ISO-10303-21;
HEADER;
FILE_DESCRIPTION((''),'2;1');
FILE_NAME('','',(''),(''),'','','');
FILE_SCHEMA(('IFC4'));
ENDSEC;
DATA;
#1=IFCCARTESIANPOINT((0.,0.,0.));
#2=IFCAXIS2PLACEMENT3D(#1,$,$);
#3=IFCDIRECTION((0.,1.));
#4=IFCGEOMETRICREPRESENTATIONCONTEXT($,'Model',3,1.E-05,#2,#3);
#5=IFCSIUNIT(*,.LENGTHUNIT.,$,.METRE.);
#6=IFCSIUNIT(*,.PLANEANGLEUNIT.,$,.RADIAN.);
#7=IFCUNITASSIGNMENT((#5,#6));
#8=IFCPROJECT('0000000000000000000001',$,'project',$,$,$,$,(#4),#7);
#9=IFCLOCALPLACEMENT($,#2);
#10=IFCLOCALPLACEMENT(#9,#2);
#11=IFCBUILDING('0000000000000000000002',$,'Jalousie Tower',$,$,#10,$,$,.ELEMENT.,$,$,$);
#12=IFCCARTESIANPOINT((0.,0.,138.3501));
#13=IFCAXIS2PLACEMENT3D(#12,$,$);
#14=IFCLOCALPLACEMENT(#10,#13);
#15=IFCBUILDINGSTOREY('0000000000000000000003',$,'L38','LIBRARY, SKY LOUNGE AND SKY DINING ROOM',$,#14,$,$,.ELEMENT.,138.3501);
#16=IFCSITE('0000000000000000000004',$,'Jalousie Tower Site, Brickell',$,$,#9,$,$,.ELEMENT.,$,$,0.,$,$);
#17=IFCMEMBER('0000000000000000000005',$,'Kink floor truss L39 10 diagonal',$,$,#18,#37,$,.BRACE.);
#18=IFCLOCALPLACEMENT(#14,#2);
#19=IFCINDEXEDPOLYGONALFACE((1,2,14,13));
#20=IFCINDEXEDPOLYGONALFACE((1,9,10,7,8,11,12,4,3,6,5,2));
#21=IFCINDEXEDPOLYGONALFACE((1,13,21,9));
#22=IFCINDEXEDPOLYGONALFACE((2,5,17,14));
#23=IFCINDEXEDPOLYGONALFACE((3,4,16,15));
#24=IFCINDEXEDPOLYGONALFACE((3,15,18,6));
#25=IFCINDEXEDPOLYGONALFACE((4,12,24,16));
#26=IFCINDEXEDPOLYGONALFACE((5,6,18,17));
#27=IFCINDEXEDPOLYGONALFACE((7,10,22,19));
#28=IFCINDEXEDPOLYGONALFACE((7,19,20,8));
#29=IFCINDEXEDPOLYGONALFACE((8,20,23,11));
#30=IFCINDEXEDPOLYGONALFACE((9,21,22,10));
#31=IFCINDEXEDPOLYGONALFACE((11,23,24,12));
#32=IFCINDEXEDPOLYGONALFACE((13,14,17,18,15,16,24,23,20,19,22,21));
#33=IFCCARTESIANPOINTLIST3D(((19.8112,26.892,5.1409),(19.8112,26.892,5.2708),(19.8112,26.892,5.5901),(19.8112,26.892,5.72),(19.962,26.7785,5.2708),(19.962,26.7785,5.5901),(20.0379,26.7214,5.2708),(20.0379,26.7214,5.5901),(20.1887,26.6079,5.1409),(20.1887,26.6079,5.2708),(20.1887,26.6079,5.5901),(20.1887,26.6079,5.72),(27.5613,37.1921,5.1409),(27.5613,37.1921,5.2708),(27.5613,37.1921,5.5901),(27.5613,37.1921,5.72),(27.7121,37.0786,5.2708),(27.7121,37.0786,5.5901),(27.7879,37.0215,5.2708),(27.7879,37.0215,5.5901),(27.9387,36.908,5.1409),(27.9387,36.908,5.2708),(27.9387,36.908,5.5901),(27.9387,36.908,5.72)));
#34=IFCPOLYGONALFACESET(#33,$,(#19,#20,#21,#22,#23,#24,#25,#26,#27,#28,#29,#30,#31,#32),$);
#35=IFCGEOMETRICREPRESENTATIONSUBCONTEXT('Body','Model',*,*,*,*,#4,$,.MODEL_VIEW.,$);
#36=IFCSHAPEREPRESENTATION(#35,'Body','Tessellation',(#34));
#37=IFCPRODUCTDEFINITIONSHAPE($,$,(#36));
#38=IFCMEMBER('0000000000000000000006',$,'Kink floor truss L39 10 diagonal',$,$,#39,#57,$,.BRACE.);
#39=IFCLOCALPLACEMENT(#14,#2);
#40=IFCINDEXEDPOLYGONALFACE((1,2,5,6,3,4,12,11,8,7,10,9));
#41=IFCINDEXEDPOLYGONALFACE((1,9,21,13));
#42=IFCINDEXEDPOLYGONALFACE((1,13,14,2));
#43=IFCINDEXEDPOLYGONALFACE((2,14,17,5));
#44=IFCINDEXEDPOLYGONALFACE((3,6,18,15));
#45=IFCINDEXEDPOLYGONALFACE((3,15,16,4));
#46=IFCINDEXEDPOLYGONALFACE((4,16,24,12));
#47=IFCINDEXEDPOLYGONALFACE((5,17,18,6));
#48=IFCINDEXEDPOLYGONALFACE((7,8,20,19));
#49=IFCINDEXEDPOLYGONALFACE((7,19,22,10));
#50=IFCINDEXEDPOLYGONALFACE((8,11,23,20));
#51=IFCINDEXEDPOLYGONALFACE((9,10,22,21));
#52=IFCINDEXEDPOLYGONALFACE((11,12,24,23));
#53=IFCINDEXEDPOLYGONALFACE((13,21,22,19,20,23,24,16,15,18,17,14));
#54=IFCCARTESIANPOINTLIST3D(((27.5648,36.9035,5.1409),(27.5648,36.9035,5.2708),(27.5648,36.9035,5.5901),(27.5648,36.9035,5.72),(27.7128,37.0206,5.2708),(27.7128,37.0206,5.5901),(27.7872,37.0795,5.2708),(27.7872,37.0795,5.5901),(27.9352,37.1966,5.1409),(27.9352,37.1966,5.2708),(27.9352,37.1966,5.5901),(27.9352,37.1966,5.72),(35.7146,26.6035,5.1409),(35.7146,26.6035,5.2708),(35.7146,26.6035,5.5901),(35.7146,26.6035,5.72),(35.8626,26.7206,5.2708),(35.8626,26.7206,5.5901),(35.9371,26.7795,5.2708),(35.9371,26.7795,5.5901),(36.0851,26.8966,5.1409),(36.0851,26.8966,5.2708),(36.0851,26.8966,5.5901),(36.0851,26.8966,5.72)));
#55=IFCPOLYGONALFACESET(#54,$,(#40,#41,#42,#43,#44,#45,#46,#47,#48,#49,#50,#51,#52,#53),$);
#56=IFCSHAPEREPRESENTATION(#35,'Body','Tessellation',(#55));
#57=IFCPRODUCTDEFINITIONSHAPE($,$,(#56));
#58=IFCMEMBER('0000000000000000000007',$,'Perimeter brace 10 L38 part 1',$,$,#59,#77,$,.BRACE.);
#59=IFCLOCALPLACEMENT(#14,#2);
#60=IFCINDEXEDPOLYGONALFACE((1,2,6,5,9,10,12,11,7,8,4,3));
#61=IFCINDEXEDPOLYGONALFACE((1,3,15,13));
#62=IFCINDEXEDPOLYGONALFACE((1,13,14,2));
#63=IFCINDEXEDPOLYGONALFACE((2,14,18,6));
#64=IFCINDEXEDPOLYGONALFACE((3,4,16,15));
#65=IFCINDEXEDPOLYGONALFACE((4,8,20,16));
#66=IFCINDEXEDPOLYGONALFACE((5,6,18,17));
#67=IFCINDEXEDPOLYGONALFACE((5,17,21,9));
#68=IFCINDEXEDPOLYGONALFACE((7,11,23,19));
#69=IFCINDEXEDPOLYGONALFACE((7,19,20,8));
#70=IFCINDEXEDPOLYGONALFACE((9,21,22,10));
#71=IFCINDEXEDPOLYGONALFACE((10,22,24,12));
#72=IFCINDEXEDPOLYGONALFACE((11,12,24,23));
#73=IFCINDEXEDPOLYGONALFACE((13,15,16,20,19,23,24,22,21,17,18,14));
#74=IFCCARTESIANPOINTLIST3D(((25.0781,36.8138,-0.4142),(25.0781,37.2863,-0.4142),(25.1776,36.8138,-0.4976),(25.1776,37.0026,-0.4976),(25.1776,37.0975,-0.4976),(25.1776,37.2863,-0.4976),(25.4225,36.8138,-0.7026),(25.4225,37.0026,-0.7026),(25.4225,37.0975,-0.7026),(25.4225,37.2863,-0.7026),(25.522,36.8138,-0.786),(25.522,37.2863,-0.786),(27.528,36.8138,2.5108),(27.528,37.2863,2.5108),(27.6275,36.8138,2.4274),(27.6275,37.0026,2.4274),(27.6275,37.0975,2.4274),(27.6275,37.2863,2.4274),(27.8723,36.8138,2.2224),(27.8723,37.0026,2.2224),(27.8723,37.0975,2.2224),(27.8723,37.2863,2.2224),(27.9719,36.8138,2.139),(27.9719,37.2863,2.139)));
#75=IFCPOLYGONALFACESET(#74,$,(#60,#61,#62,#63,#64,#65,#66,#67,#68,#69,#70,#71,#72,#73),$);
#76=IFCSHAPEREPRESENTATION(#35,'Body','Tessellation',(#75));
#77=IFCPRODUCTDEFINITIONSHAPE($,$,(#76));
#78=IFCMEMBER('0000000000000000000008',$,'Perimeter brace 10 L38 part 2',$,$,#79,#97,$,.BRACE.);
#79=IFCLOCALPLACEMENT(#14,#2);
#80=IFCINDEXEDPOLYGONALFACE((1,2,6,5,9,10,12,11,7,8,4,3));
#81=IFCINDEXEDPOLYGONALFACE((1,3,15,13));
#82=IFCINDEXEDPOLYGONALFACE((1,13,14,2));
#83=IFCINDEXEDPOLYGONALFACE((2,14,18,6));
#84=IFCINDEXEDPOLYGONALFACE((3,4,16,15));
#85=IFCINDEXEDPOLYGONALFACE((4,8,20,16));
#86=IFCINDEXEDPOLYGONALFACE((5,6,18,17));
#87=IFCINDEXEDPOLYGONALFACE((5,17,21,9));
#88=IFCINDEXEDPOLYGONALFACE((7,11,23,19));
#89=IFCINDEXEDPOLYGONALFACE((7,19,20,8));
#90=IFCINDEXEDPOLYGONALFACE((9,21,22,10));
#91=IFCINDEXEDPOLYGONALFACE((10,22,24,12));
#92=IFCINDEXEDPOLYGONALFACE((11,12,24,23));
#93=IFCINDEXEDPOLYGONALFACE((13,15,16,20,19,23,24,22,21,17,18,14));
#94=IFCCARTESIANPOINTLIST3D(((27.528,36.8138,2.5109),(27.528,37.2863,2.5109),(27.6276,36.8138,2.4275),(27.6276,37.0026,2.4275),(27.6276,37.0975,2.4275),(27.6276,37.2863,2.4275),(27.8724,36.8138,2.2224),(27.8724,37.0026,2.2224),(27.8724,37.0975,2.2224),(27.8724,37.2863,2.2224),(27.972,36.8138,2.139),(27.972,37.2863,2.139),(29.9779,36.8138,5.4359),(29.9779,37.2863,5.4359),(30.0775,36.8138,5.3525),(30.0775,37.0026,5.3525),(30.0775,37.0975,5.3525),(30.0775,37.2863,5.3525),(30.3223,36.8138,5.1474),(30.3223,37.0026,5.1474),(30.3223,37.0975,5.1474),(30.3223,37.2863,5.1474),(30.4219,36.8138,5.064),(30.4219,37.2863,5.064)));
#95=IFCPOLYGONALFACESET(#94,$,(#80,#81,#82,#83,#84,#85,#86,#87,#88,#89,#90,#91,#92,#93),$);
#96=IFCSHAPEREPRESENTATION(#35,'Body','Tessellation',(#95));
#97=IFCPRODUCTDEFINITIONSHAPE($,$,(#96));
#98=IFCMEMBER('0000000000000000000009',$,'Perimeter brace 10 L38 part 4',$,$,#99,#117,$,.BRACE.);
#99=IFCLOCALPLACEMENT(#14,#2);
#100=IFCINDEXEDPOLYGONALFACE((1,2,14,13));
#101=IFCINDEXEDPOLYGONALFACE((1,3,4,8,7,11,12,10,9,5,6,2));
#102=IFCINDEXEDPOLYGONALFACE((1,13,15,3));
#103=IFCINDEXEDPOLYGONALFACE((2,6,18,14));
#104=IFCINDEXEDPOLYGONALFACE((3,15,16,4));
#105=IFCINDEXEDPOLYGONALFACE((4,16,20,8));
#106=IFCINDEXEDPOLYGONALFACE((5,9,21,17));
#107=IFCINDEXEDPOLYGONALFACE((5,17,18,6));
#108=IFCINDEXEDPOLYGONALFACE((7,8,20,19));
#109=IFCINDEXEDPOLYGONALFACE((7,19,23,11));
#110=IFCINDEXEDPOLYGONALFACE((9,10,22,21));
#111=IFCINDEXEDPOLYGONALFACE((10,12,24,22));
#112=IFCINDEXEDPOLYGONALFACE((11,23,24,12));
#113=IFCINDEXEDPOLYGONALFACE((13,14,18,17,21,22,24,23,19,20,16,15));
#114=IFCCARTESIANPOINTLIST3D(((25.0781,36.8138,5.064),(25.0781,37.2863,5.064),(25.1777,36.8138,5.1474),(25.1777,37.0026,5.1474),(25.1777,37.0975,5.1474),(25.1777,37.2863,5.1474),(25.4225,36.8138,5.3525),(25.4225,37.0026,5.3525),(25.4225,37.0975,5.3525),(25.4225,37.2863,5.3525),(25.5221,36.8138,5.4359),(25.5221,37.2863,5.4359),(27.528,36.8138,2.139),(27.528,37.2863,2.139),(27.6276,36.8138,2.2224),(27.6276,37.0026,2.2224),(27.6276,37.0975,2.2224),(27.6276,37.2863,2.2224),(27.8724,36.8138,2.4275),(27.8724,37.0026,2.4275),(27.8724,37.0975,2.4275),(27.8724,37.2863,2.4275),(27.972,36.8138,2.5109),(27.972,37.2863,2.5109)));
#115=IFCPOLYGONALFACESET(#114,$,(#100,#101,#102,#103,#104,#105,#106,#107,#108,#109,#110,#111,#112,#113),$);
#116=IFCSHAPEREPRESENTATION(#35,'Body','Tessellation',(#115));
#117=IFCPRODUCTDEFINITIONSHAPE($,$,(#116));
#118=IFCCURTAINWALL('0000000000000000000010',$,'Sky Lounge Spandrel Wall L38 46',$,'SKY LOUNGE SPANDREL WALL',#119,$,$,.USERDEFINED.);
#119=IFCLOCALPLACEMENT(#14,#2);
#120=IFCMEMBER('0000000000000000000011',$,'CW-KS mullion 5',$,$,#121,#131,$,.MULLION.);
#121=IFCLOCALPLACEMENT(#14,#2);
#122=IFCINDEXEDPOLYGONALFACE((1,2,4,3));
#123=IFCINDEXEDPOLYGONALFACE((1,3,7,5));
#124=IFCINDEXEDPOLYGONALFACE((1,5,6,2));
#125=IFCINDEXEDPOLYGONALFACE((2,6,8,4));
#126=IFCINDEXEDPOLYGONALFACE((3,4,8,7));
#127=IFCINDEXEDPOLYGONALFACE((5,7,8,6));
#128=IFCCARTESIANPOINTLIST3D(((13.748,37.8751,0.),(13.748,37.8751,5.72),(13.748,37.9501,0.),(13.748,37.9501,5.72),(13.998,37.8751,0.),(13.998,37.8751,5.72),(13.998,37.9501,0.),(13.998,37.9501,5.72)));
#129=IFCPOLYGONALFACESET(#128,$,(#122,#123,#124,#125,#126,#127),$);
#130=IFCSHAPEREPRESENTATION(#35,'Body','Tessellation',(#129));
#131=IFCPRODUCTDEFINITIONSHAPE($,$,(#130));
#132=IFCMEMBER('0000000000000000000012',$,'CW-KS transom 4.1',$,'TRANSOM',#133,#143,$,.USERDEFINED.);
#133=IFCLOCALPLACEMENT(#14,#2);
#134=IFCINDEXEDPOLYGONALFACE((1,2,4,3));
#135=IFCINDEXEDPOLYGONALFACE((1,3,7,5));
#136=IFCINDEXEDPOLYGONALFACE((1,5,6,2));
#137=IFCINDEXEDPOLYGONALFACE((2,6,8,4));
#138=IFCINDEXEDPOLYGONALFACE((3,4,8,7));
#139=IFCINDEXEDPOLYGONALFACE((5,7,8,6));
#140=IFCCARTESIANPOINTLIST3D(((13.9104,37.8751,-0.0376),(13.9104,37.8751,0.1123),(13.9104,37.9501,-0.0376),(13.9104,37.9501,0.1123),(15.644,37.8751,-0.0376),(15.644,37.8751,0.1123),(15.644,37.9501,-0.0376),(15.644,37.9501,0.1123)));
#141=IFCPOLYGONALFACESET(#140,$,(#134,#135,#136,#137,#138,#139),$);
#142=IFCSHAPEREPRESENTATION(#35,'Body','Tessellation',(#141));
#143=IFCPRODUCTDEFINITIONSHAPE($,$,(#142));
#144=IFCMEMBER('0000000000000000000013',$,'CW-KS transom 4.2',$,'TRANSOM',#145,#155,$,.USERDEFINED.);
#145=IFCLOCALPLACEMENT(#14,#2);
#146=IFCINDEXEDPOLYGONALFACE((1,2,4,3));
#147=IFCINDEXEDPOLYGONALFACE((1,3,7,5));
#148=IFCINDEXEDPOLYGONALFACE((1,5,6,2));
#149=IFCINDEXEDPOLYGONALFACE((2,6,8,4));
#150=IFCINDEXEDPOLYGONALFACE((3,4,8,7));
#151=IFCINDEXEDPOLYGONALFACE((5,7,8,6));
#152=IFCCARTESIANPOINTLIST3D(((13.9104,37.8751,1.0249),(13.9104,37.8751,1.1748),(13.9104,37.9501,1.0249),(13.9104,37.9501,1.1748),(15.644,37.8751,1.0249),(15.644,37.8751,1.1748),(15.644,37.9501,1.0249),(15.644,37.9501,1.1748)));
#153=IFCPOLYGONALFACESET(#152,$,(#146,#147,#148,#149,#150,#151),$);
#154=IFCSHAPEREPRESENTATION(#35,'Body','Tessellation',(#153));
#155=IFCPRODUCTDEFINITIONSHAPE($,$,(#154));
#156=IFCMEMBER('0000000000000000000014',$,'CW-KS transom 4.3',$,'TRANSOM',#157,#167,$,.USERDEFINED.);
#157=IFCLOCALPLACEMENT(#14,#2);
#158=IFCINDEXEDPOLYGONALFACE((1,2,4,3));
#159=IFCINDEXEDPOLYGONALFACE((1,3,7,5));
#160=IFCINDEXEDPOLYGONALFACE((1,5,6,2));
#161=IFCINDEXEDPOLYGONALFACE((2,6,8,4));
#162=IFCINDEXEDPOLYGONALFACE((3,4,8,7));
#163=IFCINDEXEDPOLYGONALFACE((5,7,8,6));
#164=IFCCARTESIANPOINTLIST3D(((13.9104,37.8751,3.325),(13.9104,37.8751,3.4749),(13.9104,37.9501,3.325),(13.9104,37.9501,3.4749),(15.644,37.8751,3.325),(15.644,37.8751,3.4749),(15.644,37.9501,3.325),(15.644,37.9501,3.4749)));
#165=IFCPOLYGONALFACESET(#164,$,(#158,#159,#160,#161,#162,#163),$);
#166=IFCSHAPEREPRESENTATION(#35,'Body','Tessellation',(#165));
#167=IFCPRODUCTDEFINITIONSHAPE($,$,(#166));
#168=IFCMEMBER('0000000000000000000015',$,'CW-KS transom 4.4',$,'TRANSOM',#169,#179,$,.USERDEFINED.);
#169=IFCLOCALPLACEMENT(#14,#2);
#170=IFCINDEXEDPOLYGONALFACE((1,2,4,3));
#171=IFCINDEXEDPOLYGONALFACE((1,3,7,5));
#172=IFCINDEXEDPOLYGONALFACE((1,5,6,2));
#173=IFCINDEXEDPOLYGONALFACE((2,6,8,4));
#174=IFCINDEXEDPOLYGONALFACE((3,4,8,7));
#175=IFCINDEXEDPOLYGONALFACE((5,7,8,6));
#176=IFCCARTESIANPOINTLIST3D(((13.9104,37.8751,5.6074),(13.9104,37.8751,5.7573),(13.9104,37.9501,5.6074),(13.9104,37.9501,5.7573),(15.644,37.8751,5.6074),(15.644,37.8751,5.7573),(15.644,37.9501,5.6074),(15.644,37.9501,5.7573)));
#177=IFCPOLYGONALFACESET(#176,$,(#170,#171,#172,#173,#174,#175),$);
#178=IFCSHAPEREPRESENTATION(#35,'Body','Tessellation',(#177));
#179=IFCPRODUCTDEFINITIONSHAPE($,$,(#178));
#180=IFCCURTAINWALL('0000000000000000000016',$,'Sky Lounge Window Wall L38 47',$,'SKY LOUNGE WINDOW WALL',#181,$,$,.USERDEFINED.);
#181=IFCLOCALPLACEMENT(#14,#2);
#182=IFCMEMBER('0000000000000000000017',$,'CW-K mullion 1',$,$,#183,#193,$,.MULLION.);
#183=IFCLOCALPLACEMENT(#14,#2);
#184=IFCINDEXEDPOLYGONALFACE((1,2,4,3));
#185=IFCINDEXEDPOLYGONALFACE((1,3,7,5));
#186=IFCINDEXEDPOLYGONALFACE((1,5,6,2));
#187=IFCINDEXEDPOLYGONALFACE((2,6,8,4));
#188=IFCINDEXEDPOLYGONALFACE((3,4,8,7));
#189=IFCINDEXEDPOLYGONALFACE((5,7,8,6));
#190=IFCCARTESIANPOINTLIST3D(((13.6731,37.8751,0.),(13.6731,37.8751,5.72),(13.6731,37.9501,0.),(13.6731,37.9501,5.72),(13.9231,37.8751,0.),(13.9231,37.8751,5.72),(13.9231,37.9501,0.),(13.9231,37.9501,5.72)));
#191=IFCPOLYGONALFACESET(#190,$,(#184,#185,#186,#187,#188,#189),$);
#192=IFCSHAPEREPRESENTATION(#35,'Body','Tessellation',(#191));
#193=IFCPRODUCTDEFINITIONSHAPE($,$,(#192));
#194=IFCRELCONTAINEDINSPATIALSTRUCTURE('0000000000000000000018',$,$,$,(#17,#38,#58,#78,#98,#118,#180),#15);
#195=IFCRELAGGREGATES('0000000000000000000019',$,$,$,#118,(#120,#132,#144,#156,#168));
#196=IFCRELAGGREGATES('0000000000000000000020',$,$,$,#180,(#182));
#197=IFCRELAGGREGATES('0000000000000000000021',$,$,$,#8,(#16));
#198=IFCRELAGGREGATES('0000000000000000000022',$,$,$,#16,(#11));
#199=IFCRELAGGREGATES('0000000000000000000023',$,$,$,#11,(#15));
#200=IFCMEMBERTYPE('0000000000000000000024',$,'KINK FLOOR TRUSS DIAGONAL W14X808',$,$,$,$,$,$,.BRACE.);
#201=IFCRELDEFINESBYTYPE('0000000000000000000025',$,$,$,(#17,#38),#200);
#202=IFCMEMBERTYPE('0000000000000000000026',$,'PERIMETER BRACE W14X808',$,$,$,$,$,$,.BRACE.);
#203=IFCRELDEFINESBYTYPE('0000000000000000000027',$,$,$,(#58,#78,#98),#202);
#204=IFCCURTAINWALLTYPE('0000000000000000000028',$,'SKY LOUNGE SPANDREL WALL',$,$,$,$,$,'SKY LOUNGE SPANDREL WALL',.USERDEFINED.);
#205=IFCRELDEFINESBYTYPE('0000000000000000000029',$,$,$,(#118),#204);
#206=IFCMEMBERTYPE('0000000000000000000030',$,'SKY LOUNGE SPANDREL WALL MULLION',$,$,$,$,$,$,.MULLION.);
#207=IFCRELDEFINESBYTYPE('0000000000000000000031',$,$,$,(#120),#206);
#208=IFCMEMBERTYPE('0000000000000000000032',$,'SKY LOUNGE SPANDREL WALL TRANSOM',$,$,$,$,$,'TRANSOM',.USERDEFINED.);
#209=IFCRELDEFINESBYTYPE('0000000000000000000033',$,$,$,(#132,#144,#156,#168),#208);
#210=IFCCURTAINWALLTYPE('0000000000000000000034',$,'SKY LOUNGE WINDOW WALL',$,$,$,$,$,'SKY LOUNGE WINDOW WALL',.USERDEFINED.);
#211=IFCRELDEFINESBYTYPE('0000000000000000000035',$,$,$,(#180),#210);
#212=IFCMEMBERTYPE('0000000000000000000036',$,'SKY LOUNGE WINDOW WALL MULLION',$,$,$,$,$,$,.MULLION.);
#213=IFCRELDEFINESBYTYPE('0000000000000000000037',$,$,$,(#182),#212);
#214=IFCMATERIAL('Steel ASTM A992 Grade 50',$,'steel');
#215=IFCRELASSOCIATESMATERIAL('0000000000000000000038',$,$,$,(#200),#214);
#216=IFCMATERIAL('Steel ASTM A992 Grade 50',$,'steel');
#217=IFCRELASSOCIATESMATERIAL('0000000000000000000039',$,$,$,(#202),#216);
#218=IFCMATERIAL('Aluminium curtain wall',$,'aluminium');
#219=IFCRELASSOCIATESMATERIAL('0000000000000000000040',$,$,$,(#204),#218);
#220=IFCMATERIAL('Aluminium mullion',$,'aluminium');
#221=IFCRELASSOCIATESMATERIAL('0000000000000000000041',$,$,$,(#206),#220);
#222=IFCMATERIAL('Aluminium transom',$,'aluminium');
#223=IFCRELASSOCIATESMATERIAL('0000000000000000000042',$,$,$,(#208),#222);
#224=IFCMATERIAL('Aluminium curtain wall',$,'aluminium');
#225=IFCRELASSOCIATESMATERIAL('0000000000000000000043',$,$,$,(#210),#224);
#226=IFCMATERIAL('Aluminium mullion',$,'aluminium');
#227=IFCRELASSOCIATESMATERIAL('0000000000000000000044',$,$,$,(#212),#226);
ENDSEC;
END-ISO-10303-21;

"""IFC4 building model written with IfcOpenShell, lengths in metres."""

from ifc_helpers import new_model, si_unit, direction, frame, origin, origin_2d, place, context, subcontext, project, spatial, rectangle, i_section, extrude, material, material_profile, profile_set, type_object, element, aggregate, save


model = new_model("IFC4")

# Units and contexts
model_context = context("Model", 3, precision=1e-05, world=origin(), true_north=direction((0.0, 1.0)))
body_context = subcontext(model_context, "Body", "Model", "MODEL_VIEW")
ifc_project = project(units=[si_unit("LENGTHUNIT", "METRE"), si_unit("PLANEANGLEUNIT", "RADIAN")], contexts=[model_context])

# Site, building, storey
site_placement = place(None, origin())
site = spatial("IfcSite", under=ifc_project, at=site_placement, Name="Jalousie Tower Site, Brickell", CompositionType="ELEMENT", RefElevation=0.0)
building_placement = place(site_placement, origin())
building = spatial("IfcBuilding", under=site, at=building_placement, Name="Jalousie Tower", CompositionType="ELEMENT")
storey_placement = place(building_placement, frame((0.0, 0.0, 138.3501)))
storey = spatial("IfcBuildingStorey", under=building, at=storey_placement, Name="L38", Description="LIBRARY, SKY LOUNGE AND SKY DINING ROOM", CompositionType="ELEMENT", Elevation=138.3501)

# Members
ifc_material_1 = material(Name="Steel ASTM A992 Grade 50", Category="steel")
ifc_material_profile_1 = material_profile(ifc_material_1, i_section(OverallWidth=0.4724, OverallDepth=0.5791, WebThickness=0.095, FlangeThickness=0.1299, at=origin_2d()), Name="W14X808")
ifc_profile_set_1 = profile_set([ifc_material_profile_1], Name="Steel ASTM A992 Grade 50")
member_type_1 = type_object("IfcMemberType", Name="KINK FLOOR TRUSS DIAGONAL W14X808", PredefinedType="BRACE", material=ifc_profile_set_1)
member_1_placement = place(storey_placement, frame((27.75, 37.05, 5.4304), z_axis=(-0.601239, -0.799069, 0.0), x_axis=(0.799069, -0.601239, 0.0)))
element("IfcMember", 1, at=member_1_placement, inside=storey, type_object=member_type_1, Name="Kink floor truss L39 10 diagonal", PredefinedType="BRACE", context=body_context, shape_type="SweptSolid", body=[
    extrude(i_section(OverallWidth=0.4724, OverallDepth=0.5791, WebThickness=0.095, FlangeThickness=0.1299, at=origin_2d()), origin(), (0.0, 0.0, 1.0), 12.8901),
])
member_2_placement = place(storey_placement, frame((27.75, 37.05, 5.4304), z_axis=(0.620502, -0.784205, 0.0), x_axis=(0.784205, 0.620502, 0.0)))
element("IfcMember", 2, at=member_2_placement, inside=storey, type_object=member_type_1, Name="Kink floor truss L39 10 diagonal", PredefinedType="BRACE", context=body_context, shape_type="SweptSolid", body=[
    extrude(i_section(OverallWidth=0.4724, OverallDepth=0.5791, WebThickness=0.095, FlangeThickness=0.1299, at=origin_2d()), origin(), (0.0, 0.0, 1.0), 13.1343),
])
ifc_material_2 = material(Name="Steel ASTM A992 Grade 50", Category="steel")
ifc_material_profile_2 = material_profile(ifc_material_2, i_section(OverallWidth=0.4724, OverallDepth=0.5791, WebThickness=0.095, FlangeThickness=0.1299, at=origin_2d()), Name="W14X808")
ifc_profile_set_2 = profile_set([ifc_material_profile_2], Name="Steel ASTM A992 Grade 50")
member_type_2 = type_object("IfcMemberType", Name="PERIMETER BRACE W14X808", PredefinedType="BRACE", material=ifc_profile_set_2)
for number, where, z_axis, x_axis, name in (
    (3, (25.3, 37.05, -0.6001), (0.642102, 0.0, 0.766619), (0.0, 1.0, 0.0), "Perimeter brace 10 L38 part 1"),
    (4, (27.75, 37.05, 2.325), (0.642102, 0.0, 0.766619), (0.0, 1.0, 0.0), "Perimeter brace 10 L38 part 2"),
    (5, (27.75, 37.05, 2.325), (-0.642102, 0.0, 0.766619), (0.0, -1.0, 0.0), "Perimeter brace 10 L38 part 4"),
):
    element("IfcMember", number, at=place(storey_placement, frame(where, z_axis=z_axis, x_axis=x_axis)), inside=storey, type_object=member_type_2, Name=name, PredefinedType="BRACE", context=body_context, shape_type="SweptSolid", body=[
        extrude(i_section(OverallWidth=0.4724, OverallDepth=0.5791, WebThickness=0.095, FlangeThickness=0.1299, at=origin_2d()), origin(), (0.0, 0.0, 1.0), 3.8154),
    ])

# Curtain walls, members
ifc_material_3 = material(Name="Aluminium curtain wall", Category="aluminium")
curtain_wall_type_1 = type_object("IfcCurtainWallType", Name="SKY LOUNGE SPANDREL WALL", ElementType="SKY LOUNGE SPANDREL WALL", PredefinedType="USERDEFINED", material=ifc_material_3)
curtain_wall_1_placement = place(storey_placement, origin())
curtain_wall_1 = element("IfcCurtainWall", 6, at=curtain_wall_1_placement, inside=storey, type_object=curtain_wall_type_1, Name="Sky Lounge Spandrel Wall L38 46", ObjectType="SKY LOUNGE SPANDREL WALL", PredefinedType="USERDEFINED")
ifc_material_4 = material(Name="Aluminium mullion", Category="aluminium")
ifc_material_profile_3 = material_profile(ifc_material_4, rectangle(XDim=0.075, YDim=0.25, at=origin_2d()), Name="MULLION 75x250")
ifc_profile_set_3 = profile_set([ifc_material_profile_3], Name="Aluminium mullion")
member_type_3 = type_object("IfcMemberType", Name="SKY LOUNGE SPANDREL WALL MULLION", PredefinedType="MULLION", material=ifc_profile_set_3)
member_3_placement = place(storey_placement, frame((13.873, 37.9126, 0.0), z_axis=(0.0, 0.0, 1.0), x_axis=(0.0, -1.0, 0.0)))
member_3 = element("IfcMember", 7, at=member_3_placement, type_object=member_type_3, Name="CW-KS mullion 5", PredefinedType="MULLION", context=body_context, shape_type="SweptSolid", body=[
    extrude(rectangle(XDim=0.075, YDim=0.25, at=origin_2d()), origin(), (0.0, 0.0, 1.0), 5.72),
])
ifc_material_5 = material(Name="Aluminium transom", Category="aluminium")
ifc_material_profile_4 = material_profile(ifc_material_5, rectangle(XDim=0.075, YDim=0.1499, at=origin_2d()), Name="TRANSOM 75x150")
ifc_profile_set_4 = profile_set([ifc_material_profile_4], Name="Aluminium transom")
member_type_4 = type_object("IfcMemberType", Name="SKY LOUNGE SPANDREL WALL TRANSOM", ElementType="TRANSOM", PredefinedType="USERDEFINED", material=ifc_profile_set_4)
member_4_placement = place(storey_placement, frame((15.644, 37.9126, 0.0374), z_axis=(-1.0, 0.0, 0.0), x_axis=(0.0, -1.0, 0.0)))
member_4 = element("IfcMember", 8, at=member_4_placement, type_object=member_type_4, Name="CW-KS transom 4.1", ObjectType="TRANSOM", PredefinedType="USERDEFINED", context=body_context, shape_type="SweptSolid", body=[
    extrude(rectangle(XDim=0.075, YDim=0.1499, at=origin_2d()), origin(), (0.0, 0.0, 1.0), 1.7336),
])
member_5_placement = place(storey_placement, frame((15.644, 37.9126, 1.0999), z_axis=(-1.0, 0.0, 0.0), x_axis=(0.0, -1.0, 0.0)))
member_5 = element("IfcMember", 9, at=member_5_placement, type_object=member_type_4, Name="CW-KS transom 4.2", ObjectType="TRANSOM", PredefinedType="USERDEFINED", context=body_context, shape_type="SweptSolid", body=[
    extrude(rectangle(XDim=0.075, YDim=0.1499, at=origin_2d()), origin(), (0.0, 0.0, 1.0), 1.7336),
])
member_6_placement = place(storey_placement, frame((15.644, 37.9126, 3.3999), z_axis=(-1.0, 0.0, 0.0), x_axis=(0.0, -1.0, 0.0)))
member_6 = element("IfcMember", 10, at=member_6_placement, type_object=member_type_4, Name="CW-KS transom 4.3", ObjectType="TRANSOM", PredefinedType="USERDEFINED", context=body_context, shape_type="SweptSolid", body=[
    extrude(rectangle(XDim=0.075, YDim=0.1499, at=origin_2d()), origin(), (0.0, 0.0, 1.0), 1.7336),
])
member_7_placement = place(storey_placement, frame((15.644, 37.9126, 5.6824), z_axis=(-1.0, 0.0, 0.0), x_axis=(0.0, -1.0, 0.0)))
member_7 = element("IfcMember", 11, at=member_7_placement, type_object=member_type_4, Name="CW-KS transom 4.4", ObjectType="TRANSOM", PredefinedType="USERDEFINED", context=body_context, shape_type="SweptSolid", body=[
    extrude(rectangle(XDim=0.075, YDim=0.1499, at=origin_2d()), origin(), (0.0, 0.0, 1.0), 1.7336),
])
ifc_material_6 = material(Name="Aluminium curtain wall", Category="aluminium")
curtain_wall_type_2 = type_object("IfcCurtainWallType", Name="SKY LOUNGE WINDOW WALL", ElementType="SKY LOUNGE WINDOW WALL", PredefinedType="USERDEFINED", material=ifc_material_6)
curtain_wall_2_placement = place(storey_placement, origin())
curtain_wall_2 = element("IfcCurtainWall", 12, at=curtain_wall_2_placement, inside=storey, type_object=curtain_wall_type_2, Name="Sky Lounge Window Wall L38 47", ObjectType="SKY LOUNGE WINDOW WALL", PredefinedType="USERDEFINED")
ifc_material_7 = material(Name="Aluminium mullion", Category="aluminium")
ifc_material_profile_5 = material_profile(ifc_material_7, rectangle(XDim=0.075, YDim=0.25, at=origin_2d()), Name="MULLION 75x250")
ifc_profile_set_5 = profile_set([ifc_material_profile_5], Name="Aluminium mullion")
member_type_5 = type_object("IfcMemberType", Name="SKY LOUNGE WINDOW WALL MULLION", PredefinedType="MULLION", material=ifc_profile_set_5)
member_8_placement = place(storey_placement, frame((13.7981, 37.9126, 0.0), z_axis=(0.0, 0.0, 1.0), x_axis=(0.0, -1.0, 0.0)))
member_8 = element("IfcMember", 13, at=member_8_placement, type_object=member_type_5, Name="CW-K mullion 1", PredefinedType="MULLION", context=body_context, shape_type="SweptSolid", body=[
    extrude(rectangle(XDim=0.075, YDim=0.25, at=origin_2d()), origin(), (0.0, 0.0, 1.0), 5.72),
])

aggregate(curtain_wall_1, [member_3, member_4, member_5, member_6, member_7])
aggregate(curtain_wall_2, [member_8])

save(model, "model.ifc")
